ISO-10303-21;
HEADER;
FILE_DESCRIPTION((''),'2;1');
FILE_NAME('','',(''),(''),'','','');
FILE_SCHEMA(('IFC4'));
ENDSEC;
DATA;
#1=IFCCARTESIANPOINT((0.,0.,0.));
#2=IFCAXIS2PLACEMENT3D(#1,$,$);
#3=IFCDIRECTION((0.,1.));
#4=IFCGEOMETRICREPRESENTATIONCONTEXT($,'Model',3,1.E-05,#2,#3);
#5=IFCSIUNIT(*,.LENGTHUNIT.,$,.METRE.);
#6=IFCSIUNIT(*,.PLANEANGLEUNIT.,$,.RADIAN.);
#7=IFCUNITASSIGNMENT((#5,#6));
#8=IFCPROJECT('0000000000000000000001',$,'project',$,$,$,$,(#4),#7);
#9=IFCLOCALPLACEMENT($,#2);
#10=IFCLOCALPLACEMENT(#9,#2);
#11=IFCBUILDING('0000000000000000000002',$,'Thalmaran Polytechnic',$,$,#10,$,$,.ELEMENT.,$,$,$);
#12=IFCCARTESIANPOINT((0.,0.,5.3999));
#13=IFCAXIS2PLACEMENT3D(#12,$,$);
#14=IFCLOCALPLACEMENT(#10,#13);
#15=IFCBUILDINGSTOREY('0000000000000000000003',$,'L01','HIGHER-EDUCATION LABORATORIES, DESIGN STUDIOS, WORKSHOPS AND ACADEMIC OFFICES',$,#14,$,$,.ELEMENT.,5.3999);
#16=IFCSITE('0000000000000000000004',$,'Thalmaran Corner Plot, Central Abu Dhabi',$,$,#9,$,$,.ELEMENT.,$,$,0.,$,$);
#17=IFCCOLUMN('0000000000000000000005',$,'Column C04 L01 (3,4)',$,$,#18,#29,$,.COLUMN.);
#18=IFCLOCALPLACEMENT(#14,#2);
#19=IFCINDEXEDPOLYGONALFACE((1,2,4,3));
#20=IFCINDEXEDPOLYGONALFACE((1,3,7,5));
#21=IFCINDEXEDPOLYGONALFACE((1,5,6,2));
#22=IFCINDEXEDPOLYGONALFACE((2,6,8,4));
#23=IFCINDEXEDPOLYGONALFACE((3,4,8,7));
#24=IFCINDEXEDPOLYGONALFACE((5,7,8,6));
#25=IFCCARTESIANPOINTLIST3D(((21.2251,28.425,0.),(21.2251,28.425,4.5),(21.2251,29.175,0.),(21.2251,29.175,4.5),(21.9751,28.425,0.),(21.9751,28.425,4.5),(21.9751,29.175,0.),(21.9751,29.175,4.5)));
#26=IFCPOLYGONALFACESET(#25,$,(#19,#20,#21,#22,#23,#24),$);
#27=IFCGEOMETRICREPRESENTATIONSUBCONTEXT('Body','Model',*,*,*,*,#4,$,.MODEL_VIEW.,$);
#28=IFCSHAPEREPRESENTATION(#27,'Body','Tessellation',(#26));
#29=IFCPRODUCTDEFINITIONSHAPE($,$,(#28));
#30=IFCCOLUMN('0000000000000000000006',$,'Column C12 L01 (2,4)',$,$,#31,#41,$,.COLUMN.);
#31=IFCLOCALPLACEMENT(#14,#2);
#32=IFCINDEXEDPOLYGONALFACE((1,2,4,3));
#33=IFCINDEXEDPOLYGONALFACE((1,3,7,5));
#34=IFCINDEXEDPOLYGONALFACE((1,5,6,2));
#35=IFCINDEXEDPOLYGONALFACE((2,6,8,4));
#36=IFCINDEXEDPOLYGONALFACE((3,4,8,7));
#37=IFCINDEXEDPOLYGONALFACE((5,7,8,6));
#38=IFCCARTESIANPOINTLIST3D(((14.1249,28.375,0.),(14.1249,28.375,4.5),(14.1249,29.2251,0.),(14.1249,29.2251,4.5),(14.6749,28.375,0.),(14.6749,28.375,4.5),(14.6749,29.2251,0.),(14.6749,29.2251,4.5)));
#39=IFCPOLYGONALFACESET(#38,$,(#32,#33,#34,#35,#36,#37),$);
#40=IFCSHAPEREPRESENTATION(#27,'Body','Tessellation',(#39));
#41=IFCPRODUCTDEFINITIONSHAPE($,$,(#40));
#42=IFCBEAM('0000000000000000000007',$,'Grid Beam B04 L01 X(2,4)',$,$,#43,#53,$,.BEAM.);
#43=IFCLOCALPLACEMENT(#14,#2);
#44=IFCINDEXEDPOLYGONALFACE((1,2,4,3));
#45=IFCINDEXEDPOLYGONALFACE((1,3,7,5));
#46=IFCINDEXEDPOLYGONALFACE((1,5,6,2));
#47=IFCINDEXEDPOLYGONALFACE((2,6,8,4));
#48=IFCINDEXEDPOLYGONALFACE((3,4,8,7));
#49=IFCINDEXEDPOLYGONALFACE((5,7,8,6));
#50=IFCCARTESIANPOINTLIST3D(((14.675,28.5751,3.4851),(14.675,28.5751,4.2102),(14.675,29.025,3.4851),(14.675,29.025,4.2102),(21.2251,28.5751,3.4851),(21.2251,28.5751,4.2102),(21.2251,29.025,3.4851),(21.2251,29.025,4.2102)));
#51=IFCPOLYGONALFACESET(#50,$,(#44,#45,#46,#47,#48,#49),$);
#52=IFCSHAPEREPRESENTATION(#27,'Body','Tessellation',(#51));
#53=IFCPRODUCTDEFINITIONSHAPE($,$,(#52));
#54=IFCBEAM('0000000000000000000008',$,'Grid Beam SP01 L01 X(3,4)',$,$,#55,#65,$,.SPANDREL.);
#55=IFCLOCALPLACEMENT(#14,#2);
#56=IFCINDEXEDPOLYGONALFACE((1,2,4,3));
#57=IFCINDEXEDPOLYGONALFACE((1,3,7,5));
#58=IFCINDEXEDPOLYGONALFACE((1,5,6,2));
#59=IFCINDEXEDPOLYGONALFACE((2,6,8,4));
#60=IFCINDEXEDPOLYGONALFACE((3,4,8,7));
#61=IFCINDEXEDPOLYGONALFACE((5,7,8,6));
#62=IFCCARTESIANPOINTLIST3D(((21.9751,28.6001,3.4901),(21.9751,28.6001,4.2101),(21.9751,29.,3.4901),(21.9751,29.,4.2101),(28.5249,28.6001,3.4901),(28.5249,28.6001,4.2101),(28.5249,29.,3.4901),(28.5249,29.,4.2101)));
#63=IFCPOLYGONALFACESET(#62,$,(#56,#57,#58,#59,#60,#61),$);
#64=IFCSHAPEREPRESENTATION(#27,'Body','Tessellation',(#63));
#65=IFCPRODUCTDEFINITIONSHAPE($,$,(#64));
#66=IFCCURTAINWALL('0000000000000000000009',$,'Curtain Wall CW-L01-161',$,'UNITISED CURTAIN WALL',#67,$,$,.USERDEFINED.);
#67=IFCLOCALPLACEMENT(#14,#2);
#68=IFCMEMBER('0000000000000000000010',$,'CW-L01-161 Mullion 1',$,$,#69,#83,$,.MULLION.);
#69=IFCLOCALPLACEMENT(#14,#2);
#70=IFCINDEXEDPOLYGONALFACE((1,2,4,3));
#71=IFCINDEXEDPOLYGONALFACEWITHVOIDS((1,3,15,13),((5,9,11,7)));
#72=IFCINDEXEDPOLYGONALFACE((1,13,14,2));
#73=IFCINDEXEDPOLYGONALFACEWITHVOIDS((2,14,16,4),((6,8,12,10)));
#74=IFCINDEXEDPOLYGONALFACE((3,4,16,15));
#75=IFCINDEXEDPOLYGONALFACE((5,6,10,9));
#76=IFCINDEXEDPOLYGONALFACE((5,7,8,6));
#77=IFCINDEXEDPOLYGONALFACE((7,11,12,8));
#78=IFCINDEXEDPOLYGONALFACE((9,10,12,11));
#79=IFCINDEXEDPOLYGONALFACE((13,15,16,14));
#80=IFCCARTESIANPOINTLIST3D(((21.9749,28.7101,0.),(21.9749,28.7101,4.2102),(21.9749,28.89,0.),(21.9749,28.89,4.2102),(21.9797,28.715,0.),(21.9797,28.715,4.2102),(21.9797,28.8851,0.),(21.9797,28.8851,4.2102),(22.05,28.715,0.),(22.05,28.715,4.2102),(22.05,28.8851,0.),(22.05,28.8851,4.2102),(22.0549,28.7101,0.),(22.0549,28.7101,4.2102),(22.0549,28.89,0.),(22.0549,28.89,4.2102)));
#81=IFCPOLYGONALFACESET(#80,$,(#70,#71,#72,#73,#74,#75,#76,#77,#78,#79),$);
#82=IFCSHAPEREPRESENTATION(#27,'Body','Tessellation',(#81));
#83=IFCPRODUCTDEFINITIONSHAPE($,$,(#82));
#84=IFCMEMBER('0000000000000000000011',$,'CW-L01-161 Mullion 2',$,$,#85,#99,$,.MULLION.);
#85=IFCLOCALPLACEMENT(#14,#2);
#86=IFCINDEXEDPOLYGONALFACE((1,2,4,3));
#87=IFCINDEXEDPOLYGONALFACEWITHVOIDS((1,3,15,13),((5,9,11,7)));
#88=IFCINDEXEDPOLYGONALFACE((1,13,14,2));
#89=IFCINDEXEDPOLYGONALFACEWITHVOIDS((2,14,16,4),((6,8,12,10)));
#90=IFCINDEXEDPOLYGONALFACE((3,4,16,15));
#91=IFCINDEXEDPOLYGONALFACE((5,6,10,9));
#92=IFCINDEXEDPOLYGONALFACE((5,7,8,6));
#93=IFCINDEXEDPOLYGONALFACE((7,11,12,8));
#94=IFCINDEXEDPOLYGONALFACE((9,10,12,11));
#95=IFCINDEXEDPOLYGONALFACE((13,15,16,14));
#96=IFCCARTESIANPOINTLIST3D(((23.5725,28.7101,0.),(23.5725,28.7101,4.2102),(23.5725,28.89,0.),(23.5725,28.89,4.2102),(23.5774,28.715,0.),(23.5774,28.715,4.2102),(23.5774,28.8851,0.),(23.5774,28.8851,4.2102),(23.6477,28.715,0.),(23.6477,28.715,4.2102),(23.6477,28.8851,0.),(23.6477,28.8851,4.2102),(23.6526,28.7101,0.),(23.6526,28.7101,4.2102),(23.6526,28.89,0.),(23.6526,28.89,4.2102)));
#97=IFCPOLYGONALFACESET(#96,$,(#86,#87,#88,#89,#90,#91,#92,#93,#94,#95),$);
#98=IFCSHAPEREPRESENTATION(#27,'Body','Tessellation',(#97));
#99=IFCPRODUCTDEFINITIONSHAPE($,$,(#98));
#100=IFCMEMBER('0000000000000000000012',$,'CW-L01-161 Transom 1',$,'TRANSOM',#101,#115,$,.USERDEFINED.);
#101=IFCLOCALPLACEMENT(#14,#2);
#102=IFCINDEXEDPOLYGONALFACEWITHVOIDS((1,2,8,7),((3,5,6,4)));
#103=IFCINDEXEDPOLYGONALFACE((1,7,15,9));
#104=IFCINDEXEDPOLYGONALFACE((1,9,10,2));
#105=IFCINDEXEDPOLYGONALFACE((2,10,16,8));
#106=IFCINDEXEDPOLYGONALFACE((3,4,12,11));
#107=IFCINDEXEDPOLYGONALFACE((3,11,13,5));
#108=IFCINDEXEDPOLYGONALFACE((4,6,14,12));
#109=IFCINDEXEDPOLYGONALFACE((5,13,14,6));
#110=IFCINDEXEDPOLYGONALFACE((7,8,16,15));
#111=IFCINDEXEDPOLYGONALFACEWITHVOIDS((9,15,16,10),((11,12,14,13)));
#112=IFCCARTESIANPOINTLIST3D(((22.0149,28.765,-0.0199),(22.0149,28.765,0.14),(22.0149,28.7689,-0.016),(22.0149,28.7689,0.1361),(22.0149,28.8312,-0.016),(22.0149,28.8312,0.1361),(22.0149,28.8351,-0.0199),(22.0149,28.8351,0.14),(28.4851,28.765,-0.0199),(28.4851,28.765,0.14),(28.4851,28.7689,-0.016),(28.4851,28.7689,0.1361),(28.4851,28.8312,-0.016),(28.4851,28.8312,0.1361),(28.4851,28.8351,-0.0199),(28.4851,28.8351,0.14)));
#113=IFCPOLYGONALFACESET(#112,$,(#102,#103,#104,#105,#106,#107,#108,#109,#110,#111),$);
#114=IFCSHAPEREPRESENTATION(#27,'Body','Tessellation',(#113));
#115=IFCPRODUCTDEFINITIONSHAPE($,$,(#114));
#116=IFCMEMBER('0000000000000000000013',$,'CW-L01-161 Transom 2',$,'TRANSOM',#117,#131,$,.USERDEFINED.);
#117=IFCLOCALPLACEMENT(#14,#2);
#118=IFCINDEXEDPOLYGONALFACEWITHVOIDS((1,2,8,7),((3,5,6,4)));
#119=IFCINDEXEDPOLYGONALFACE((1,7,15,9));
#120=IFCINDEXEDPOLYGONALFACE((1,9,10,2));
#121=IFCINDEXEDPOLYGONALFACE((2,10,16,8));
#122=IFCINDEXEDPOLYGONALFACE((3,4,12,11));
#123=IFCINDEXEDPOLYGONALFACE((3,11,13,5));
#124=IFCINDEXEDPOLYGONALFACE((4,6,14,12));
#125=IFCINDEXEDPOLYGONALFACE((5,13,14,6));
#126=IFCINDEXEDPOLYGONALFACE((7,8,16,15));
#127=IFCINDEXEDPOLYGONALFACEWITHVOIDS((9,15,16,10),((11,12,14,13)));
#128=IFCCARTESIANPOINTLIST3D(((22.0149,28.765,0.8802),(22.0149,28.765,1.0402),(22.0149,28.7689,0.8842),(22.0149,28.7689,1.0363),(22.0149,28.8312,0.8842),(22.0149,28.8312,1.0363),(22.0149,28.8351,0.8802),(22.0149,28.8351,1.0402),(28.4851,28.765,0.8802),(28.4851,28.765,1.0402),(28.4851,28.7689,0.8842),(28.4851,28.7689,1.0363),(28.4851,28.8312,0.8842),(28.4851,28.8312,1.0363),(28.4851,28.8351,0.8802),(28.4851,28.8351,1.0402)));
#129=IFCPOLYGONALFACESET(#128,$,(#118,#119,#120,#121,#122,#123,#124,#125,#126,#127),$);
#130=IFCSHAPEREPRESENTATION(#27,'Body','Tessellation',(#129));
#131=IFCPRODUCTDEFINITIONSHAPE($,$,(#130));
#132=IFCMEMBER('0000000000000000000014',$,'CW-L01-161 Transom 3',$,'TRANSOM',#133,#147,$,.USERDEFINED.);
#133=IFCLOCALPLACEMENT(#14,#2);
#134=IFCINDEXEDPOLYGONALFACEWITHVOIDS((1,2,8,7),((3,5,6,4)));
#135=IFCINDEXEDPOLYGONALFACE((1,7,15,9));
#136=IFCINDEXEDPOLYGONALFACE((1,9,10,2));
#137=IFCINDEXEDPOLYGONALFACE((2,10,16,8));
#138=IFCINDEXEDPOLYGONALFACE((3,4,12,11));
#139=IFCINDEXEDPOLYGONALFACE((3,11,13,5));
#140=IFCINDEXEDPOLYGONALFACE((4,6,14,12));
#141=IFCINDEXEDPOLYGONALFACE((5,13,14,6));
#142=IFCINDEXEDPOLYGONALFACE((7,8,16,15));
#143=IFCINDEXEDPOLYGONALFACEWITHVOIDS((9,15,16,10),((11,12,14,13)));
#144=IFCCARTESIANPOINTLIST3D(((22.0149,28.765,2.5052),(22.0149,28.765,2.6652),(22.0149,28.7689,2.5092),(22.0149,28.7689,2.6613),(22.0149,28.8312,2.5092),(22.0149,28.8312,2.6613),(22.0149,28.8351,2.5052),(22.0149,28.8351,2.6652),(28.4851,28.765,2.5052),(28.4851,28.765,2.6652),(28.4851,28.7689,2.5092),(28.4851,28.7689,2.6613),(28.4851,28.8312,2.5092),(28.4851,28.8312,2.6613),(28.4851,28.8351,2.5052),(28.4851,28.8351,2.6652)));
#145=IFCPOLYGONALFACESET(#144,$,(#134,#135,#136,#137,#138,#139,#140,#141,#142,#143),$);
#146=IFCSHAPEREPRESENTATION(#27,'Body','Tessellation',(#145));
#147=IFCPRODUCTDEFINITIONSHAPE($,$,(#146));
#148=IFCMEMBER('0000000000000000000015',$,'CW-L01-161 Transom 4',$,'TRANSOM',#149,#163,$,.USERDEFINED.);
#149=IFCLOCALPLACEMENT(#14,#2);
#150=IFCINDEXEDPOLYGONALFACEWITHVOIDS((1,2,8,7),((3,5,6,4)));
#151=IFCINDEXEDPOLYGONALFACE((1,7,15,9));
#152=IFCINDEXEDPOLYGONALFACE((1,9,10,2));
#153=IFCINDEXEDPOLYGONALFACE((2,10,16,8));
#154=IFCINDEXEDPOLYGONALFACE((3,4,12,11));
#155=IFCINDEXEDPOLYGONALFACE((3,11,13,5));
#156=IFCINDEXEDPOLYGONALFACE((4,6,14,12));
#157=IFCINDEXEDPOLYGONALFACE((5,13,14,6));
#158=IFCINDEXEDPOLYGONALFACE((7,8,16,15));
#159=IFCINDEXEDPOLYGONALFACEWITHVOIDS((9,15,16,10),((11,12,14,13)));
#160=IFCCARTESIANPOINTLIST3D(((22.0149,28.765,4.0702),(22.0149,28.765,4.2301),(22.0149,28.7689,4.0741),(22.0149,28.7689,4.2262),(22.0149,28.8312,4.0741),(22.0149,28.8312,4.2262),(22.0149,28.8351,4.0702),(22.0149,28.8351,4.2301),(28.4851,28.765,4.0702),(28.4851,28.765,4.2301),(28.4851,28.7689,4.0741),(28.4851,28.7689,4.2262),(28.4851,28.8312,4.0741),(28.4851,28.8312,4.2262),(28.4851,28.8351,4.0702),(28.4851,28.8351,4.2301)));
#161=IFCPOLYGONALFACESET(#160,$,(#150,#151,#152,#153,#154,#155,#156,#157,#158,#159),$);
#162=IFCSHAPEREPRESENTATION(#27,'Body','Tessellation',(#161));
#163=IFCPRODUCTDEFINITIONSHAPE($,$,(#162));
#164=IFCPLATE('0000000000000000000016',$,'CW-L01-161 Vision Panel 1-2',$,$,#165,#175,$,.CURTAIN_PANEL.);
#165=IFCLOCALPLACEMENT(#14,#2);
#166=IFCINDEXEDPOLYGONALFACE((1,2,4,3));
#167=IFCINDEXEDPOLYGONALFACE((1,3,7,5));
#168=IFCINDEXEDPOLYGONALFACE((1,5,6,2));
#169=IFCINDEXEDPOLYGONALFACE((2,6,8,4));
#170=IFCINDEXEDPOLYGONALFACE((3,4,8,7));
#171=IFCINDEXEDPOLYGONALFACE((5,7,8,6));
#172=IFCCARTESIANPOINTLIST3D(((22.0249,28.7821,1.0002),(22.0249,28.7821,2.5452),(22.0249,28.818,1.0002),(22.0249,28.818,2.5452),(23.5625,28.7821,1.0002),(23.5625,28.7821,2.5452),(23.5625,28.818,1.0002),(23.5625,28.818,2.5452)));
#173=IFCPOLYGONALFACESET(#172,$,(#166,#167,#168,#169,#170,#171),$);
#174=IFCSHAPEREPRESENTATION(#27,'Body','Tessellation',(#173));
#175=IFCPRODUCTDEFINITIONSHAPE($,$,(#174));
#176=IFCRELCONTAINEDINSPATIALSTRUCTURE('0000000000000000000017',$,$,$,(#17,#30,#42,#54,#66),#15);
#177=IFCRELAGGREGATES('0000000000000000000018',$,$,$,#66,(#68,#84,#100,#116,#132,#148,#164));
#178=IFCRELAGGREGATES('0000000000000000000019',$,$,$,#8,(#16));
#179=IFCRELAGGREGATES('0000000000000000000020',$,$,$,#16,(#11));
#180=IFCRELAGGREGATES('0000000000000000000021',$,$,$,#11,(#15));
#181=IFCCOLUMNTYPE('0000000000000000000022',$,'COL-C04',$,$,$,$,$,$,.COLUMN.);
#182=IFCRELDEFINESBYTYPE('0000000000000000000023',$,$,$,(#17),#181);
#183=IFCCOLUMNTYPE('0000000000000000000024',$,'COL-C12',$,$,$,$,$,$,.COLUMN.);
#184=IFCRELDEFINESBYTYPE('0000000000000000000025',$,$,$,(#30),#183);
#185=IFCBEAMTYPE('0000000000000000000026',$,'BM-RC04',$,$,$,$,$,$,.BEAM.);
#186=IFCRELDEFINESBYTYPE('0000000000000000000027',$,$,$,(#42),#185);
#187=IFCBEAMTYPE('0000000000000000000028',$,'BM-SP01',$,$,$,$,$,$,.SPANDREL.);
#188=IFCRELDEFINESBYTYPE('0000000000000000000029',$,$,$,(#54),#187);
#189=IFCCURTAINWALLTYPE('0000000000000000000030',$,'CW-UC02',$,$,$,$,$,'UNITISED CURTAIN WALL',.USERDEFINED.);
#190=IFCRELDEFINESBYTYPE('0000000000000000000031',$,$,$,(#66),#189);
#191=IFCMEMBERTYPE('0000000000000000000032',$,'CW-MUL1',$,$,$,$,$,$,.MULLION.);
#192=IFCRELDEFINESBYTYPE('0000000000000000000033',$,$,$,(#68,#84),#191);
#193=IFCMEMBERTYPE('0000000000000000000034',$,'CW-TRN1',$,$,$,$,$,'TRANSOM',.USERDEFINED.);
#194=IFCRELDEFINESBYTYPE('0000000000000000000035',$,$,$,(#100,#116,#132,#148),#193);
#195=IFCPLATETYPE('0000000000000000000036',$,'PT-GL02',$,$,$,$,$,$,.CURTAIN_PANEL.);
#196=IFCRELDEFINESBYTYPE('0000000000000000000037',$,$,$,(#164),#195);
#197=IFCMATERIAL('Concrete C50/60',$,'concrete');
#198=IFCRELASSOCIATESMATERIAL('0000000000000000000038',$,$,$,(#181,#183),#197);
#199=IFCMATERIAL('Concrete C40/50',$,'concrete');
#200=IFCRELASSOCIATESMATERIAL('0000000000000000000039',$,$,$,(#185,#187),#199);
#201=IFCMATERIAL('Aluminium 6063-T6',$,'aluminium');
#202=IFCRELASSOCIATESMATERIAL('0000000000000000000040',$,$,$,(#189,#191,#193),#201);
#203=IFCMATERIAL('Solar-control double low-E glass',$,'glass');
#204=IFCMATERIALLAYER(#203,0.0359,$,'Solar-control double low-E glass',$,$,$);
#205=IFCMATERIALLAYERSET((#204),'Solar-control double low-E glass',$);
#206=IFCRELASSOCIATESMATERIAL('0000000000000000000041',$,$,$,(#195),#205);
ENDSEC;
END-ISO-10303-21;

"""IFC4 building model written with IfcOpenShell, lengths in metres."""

from ifc_helpers import new_model, si_unit, direction, frame, origin, origin_2d, place, context, subcontext, project, spatial, rectangle, hollow_rectangle, extrude, material, layer, layer_set, material_profile, profile_set, type_object, element, aggregate, save


model = new_model("IFC4")

# Units and contexts
model_context = context("Model", 3, precision=1e-05, world=origin(), true_north=direction((0.0, 1.0)))
body_context = subcontext(model_context, "Body", "Model", "MODEL_VIEW")
ifc_project = project(units=[si_unit("LENGTHUNIT", "METRE"), si_unit("PLANEANGLEUNIT", "RADIAN")], contexts=[model_context])

# Site, building, storey
site_placement = place(None, origin())
site = spatial("IfcSite", under=ifc_project, at=site_placement, Name="Thalmaran Corner Plot, Central Abu Dhabi", CompositionType="ELEMENT", RefElevation=0.0)
building_placement = place(site_placement, origin())
building = spatial("IfcBuilding", under=site, at=building_placement, Name="Thalmaran Polytechnic", CompositionType="ELEMENT")
storey_placement = place(building_placement, frame((0.0, 0.0, 5.3999)))
storey = spatial("IfcBuildingStorey", under=building, at=storey_placement, Name="L01", Description="HIGHER-EDUCATION LABORATORIES, DESIGN STUDIOS, WORKSHOPS AND ACADEMIC OFFICES", CompositionType="ELEMENT", Elevation=5.3999)

# Columns
ifc_material_1 = material(Name="Concrete C50/60", Category="concrete")
ifc_material_profile_1 = material_profile(ifc_material_1, rectangle(XDim=0.75, YDim=0.75, at=origin_2d()), Name="RC 750x750")
ifc_profile_set_1 = profile_set([ifc_material_profile_1], Name="Concrete C50/60")
column_type_1 = type_object("IfcColumnType", Name="COL-C04", PredefinedType="COLUMN", material=ifc_profile_set_1)
column_1_placement = place(storey_placement, frame((21.6001, 28.8, 0.0), z_axis=(0.0, 0.0, 1.0), x_axis=(1.0, 0.0, 0.0)))
element("IfcColumn", 1, at=column_1_placement, inside=storey, type_object=column_type_1, Name="Column C04 L01 (3,4)", PredefinedType="COLUMN", context=body_context, shape_type="SweptSolid", body=[
    extrude(rectangle(XDim=0.75, YDim=0.75, at=origin_2d()), origin(), (0.0, 0.0, 1.0), 4.5),
])
ifc_material_profile_2 = material_profile(ifc_material_1, rectangle(XDim=0.55, YDim=0.8501, at=origin_2d()), Name="RC 550x850")
ifc_profile_set_2 = profile_set([ifc_material_profile_2], Name="Concrete C50/60")
column_type_2 = type_object("IfcColumnType", Name="COL-C12", PredefinedType="COLUMN", material=ifc_profile_set_2)
column_2_placement = place(storey_placement, frame((14.3999, 28.8, 0.0), z_axis=(0.0, 0.0, 1.0), x_axis=(1.0, 0.0, 0.0)))
element("IfcColumn", 2, at=column_2_placement, inside=storey, type_object=column_type_2, Name="Column C12 L01 (2,4)", PredefinedType="COLUMN", context=body_context, shape_type="SweptSolid", body=[
    extrude(rectangle(XDim=0.55, YDim=0.8501, at=origin_2d()), origin(), (0.0, 0.0, 1.0), 4.5),
])

# Beams
ifc_material_2 = material(Name="Concrete C40/50", Category="concrete")
ifc_material_profile_3 = material_profile(ifc_material_2, rectangle(XDim=0.45, YDim=0.7251, at=origin_2d()), Name="RC 450x725")
ifc_profile_set_3 = profile_set([ifc_material_profile_3], Name="Concrete C40/50")
beam_type_1 = type_object("IfcBeamType", Name="BM-RC04", PredefinedType="BEAM", material=ifc_profile_set_3)
beam_1_placement = place(storey_placement, frame((14.675, 28.8, 3.8477), z_axis=(1.0, 0.0, 0.0), x_axis=(0.0, 1.0, 0.0)))
element("IfcBeam", 3, at=beam_1_placement, inside=storey, type_object=beam_type_1, Name="Grid Beam B04 L01 X(2,4)", PredefinedType="BEAM", context=body_context, shape_type="SweptSolid", body=[
    extrude(rectangle(XDim=0.45, YDim=0.7251, at=origin_2d()), origin(), (0.0, 0.0, 1.0), 6.55),
])
ifc_material_profile_4 = material_profile(ifc_material_2, rectangle(XDim=0.3999, YDim=0.72, at=origin_2d()), Name="RC 400x720")
ifc_profile_set_4 = profile_set([ifc_material_profile_4], Name="Concrete C40/50")
beam_type_2 = type_object("IfcBeamType", Name="BM-SP01", PredefinedType="SPANDREL", material=ifc_profile_set_4)
beam_2_placement = place(storey_placement, frame((21.9751, 28.8, 3.8501), z_axis=(1.0, 0.0, 0.0), x_axis=(0.0, 1.0, 0.0)))
element("IfcBeam", 4, at=beam_2_placement, inside=storey, type_object=beam_type_2, Name="Grid Beam SP01 L01 X(3,4)", PredefinedType="SPANDREL", context=body_context, shape_type="SweptSolid", body=[
    extrude(rectangle(XDim=0.3999, YDim=0.72, at=origin_2d()), origin(), (0.0, 0.0, 1.0), 6.5498),
])

# Curtain wall, members, plate
ifc_material_3 = material(Name="Aluminium 6063-T6", Category="aluminium")
curtain_wall_type = type_object("IfcCurtainWallType", Name="CW-UC02", ElementType="UNITISED CURTAIN WALL", PredefinedType="USERDEFINED", material=ifc_material_3)
curtain_wall_placement = place(storey_placement, origin())
curtain_wall = element("IfcCurtainWall", 5, at=curtain_wall_placement, inside=storey, type_object=curtain_wall_type, Name="Curtain Wall CW-L01-161", ObjectType="UNITISED CURTAIN WALL", PredefinedType="USERDEFINED")
ifc_material_profile_5 = material_profile(ifc_material_3, hollow_rectangle(XDim=0.0801, YDim=0.1799, WallThickness=0.0049, at=origin_2d()), Name="RHS 180x80x5.0")
ifc_profile_set_5 = profile_set([ifc_material_profile_5], Name="Aluminium 6063-T6")
member_type_1 = type_object("IfcMemberType", Name="CW-MUL1", PredefinedType="MULLION", material=ifc_profile_set_5)
member_1_placement = place(storey_placement, frame((22.0149, 28.8, 0.0), z_axis=(0.0, 0.0, 1.0), x_axis=(1.0, 0.0, 0.0)))
member_1 = element("IfcMember", 6, at=member_1_placement, type_object=member_type_1, Name="CW-L01-161 Mullion 1", PredefinedType="MULLION", context=body_context, shape_type="SweptSolid", body=[
    extrude(hollow_rectangle(XDim=0.0801, YDim=0.1799, WallThickness=0.0049, at=origin_2d()), origin(), (0.0, 0.0, 1.0), 4.2102),
])
member_2_placement = place(storey_placement, frame((23.6125, 28.8, 0.0), z_axis=(0.0, 0.0, 1.0), x_axis=(1.0, 0.0, 0.0)))
member_2 = element("IfcMember", 7, at=member_2_placement, type_object=member_type_1, Name="CW-L01-161 Mullion 2", PredefinedType="MULLION", context=body_context, shape_type="SweptSolid", body=[
    extrude(hollow_rectangle(XDim=0.0801, YDim=0.1799, WallThickness=0.0049, at=origin_2d()), origin(), (0.0, 0.0, 1.0), 4.2102),
])
ifc_material_profile_6 = material_profile(ifc_material_3, hollow_rectangle(XDim=0.0701, YDim=0.1599, WallThickness=0.0039, at=origin_2d()), Name="AL 160x70x4.0")
ifc_profile_set_6 = profile_set([ifc_material_profile_6], Name="Aluminium 6063-T6")
member_type_2 = type_object("IfcMemberType", Name="CW-TRN1", ElementType="TRANSOM", PredefinedType="USERDEFINED", material=ifc_profile_set_6)
member_3_placement = place(storey_placement, frame((22.0149, 28.8, 0.0601), z_axis=(1.0, 0.0, 0.0), x_axis=(0.0, 1.0, 0.0)))
member_3 = element("IfcMember", 8, at=member_3_placement, type_object=member_type_2, Name="CW-L01-161 Transom 1", ObjectType="TRANSOM", PredefinedType="USERDEFINED", context=body_context, shape_type="SweptSolid", body=[
    extrude(hollow_rectangle(XDim=0.0701, YDim=0.1599, WallThickness=0.0039, at=origin_2d()), origin(), (0.0, 0.0, 1.0), 6.4702),
])
member_4_placement = place(storey_placement, frame((22.0149, 28.8, 0.9602), z_axis=(1.0, 0.0, 0.0), x_axis=(0.0, 1.0, 0.0)))
member_4 = element("IfcMember", 9, at=member_4_placement, type_object=member_type_2, Name="CW-L01-161 Transom 2", ObjectType="TRANSOM", PredefinedType="USERDEFINED", context=body_context, shape_type="SweptSolid", body=[
    extrude(hollow_rectangle(XDim=0.0701, YDim=0.1599, WallThickness=0.0039, at=origin_2d()), origin(), (0.0, 0.0, 1.0), 6.4702),
])
member_5_placement = place(storey_placement, frame((22.0149, 28.8, 2.5852), z_axis=(1.0, 0.0, 0.0), x_axis=(0.0, 1.0, 0.0)))
member_5 = element("IfcMember", 10, at=member_5_placement, type_object=member_type_2, Name="CW-L01-161 Transom 3", ObjectType="TRANSOM", PredefinedType="USERDEFINED", context=body_context, shape_type="SweptSolid", body=[
    extrude(hollow_rectangle(XDim=0.0701, YDim=0.1599, WallThickness=0.0039, at=origin_2d()), origin(), (0.0, 0.0, 1.0), 6.4702),
])
member_6_placement = place(storey_placement, frame((22.0149, 28.8, 4.1501), z_axis=(1.0, 0.0, 0.0), x_axis=(0.0, 1.0, 0.0)))
member_6 = element("IfcMember", 11, at=member_6_placement, type_object=member_type_2, Name="CW-L01-161 Transom 4", ObjectType="TRANSOM", PredefinedType="USERDEFINED", context=body_context, shape_type="SweptSolid", body=[
    extrude(hollow_rectangle(XDim=0.0701, YDim=0.1599, WallThickness=0.0039, at=origin_2d()), origin(), (0.0, 0.0, 1.0), 6.4702),
])
ifc_material_4 = material(Name="Solar-control double low-E glass", Category="glass")
ifc_layer_1 = layer(ifc_material_4, 0.0359, Name="Solar-control double low-E glass")
ifc_layer_set_1 = layer_set([ifc_layer_1], Name="Solar-control double low-E glass")
plate_type_1 = type_object("IfcPlateType", Name="PT-GL02", PredefinedType="CURTAIN_PANEL", material=ifc_layer_set_1)
plate_1_placement = place(storey_placement, frame((22.7937, 28.8, 1.0002), z_axis=(0.0, 0.0, 1.0), x_axis=(1.0, 0.0, 0.0)))
plate_1 = element("IfcPlate", 12, at=plate_1_placement, type_object=plate_type_1, Name="CW-L01-161 Vision Panel 1-2", PredefinedType="CURTAIN_PANEL", context=body_context, shape_type="SweptSolid", body=[
    extrude(rectangle(XDim=1.5376, YDim=0.0359, at=origin_2d()), origin(), (0.0, 0.0, 1.0), 1.5449),
])
aggregate(curtain_wall, [member_1, member_2, member_3, member_4, member_5, member_6, plate_1])

save(model, "model.ifc")
